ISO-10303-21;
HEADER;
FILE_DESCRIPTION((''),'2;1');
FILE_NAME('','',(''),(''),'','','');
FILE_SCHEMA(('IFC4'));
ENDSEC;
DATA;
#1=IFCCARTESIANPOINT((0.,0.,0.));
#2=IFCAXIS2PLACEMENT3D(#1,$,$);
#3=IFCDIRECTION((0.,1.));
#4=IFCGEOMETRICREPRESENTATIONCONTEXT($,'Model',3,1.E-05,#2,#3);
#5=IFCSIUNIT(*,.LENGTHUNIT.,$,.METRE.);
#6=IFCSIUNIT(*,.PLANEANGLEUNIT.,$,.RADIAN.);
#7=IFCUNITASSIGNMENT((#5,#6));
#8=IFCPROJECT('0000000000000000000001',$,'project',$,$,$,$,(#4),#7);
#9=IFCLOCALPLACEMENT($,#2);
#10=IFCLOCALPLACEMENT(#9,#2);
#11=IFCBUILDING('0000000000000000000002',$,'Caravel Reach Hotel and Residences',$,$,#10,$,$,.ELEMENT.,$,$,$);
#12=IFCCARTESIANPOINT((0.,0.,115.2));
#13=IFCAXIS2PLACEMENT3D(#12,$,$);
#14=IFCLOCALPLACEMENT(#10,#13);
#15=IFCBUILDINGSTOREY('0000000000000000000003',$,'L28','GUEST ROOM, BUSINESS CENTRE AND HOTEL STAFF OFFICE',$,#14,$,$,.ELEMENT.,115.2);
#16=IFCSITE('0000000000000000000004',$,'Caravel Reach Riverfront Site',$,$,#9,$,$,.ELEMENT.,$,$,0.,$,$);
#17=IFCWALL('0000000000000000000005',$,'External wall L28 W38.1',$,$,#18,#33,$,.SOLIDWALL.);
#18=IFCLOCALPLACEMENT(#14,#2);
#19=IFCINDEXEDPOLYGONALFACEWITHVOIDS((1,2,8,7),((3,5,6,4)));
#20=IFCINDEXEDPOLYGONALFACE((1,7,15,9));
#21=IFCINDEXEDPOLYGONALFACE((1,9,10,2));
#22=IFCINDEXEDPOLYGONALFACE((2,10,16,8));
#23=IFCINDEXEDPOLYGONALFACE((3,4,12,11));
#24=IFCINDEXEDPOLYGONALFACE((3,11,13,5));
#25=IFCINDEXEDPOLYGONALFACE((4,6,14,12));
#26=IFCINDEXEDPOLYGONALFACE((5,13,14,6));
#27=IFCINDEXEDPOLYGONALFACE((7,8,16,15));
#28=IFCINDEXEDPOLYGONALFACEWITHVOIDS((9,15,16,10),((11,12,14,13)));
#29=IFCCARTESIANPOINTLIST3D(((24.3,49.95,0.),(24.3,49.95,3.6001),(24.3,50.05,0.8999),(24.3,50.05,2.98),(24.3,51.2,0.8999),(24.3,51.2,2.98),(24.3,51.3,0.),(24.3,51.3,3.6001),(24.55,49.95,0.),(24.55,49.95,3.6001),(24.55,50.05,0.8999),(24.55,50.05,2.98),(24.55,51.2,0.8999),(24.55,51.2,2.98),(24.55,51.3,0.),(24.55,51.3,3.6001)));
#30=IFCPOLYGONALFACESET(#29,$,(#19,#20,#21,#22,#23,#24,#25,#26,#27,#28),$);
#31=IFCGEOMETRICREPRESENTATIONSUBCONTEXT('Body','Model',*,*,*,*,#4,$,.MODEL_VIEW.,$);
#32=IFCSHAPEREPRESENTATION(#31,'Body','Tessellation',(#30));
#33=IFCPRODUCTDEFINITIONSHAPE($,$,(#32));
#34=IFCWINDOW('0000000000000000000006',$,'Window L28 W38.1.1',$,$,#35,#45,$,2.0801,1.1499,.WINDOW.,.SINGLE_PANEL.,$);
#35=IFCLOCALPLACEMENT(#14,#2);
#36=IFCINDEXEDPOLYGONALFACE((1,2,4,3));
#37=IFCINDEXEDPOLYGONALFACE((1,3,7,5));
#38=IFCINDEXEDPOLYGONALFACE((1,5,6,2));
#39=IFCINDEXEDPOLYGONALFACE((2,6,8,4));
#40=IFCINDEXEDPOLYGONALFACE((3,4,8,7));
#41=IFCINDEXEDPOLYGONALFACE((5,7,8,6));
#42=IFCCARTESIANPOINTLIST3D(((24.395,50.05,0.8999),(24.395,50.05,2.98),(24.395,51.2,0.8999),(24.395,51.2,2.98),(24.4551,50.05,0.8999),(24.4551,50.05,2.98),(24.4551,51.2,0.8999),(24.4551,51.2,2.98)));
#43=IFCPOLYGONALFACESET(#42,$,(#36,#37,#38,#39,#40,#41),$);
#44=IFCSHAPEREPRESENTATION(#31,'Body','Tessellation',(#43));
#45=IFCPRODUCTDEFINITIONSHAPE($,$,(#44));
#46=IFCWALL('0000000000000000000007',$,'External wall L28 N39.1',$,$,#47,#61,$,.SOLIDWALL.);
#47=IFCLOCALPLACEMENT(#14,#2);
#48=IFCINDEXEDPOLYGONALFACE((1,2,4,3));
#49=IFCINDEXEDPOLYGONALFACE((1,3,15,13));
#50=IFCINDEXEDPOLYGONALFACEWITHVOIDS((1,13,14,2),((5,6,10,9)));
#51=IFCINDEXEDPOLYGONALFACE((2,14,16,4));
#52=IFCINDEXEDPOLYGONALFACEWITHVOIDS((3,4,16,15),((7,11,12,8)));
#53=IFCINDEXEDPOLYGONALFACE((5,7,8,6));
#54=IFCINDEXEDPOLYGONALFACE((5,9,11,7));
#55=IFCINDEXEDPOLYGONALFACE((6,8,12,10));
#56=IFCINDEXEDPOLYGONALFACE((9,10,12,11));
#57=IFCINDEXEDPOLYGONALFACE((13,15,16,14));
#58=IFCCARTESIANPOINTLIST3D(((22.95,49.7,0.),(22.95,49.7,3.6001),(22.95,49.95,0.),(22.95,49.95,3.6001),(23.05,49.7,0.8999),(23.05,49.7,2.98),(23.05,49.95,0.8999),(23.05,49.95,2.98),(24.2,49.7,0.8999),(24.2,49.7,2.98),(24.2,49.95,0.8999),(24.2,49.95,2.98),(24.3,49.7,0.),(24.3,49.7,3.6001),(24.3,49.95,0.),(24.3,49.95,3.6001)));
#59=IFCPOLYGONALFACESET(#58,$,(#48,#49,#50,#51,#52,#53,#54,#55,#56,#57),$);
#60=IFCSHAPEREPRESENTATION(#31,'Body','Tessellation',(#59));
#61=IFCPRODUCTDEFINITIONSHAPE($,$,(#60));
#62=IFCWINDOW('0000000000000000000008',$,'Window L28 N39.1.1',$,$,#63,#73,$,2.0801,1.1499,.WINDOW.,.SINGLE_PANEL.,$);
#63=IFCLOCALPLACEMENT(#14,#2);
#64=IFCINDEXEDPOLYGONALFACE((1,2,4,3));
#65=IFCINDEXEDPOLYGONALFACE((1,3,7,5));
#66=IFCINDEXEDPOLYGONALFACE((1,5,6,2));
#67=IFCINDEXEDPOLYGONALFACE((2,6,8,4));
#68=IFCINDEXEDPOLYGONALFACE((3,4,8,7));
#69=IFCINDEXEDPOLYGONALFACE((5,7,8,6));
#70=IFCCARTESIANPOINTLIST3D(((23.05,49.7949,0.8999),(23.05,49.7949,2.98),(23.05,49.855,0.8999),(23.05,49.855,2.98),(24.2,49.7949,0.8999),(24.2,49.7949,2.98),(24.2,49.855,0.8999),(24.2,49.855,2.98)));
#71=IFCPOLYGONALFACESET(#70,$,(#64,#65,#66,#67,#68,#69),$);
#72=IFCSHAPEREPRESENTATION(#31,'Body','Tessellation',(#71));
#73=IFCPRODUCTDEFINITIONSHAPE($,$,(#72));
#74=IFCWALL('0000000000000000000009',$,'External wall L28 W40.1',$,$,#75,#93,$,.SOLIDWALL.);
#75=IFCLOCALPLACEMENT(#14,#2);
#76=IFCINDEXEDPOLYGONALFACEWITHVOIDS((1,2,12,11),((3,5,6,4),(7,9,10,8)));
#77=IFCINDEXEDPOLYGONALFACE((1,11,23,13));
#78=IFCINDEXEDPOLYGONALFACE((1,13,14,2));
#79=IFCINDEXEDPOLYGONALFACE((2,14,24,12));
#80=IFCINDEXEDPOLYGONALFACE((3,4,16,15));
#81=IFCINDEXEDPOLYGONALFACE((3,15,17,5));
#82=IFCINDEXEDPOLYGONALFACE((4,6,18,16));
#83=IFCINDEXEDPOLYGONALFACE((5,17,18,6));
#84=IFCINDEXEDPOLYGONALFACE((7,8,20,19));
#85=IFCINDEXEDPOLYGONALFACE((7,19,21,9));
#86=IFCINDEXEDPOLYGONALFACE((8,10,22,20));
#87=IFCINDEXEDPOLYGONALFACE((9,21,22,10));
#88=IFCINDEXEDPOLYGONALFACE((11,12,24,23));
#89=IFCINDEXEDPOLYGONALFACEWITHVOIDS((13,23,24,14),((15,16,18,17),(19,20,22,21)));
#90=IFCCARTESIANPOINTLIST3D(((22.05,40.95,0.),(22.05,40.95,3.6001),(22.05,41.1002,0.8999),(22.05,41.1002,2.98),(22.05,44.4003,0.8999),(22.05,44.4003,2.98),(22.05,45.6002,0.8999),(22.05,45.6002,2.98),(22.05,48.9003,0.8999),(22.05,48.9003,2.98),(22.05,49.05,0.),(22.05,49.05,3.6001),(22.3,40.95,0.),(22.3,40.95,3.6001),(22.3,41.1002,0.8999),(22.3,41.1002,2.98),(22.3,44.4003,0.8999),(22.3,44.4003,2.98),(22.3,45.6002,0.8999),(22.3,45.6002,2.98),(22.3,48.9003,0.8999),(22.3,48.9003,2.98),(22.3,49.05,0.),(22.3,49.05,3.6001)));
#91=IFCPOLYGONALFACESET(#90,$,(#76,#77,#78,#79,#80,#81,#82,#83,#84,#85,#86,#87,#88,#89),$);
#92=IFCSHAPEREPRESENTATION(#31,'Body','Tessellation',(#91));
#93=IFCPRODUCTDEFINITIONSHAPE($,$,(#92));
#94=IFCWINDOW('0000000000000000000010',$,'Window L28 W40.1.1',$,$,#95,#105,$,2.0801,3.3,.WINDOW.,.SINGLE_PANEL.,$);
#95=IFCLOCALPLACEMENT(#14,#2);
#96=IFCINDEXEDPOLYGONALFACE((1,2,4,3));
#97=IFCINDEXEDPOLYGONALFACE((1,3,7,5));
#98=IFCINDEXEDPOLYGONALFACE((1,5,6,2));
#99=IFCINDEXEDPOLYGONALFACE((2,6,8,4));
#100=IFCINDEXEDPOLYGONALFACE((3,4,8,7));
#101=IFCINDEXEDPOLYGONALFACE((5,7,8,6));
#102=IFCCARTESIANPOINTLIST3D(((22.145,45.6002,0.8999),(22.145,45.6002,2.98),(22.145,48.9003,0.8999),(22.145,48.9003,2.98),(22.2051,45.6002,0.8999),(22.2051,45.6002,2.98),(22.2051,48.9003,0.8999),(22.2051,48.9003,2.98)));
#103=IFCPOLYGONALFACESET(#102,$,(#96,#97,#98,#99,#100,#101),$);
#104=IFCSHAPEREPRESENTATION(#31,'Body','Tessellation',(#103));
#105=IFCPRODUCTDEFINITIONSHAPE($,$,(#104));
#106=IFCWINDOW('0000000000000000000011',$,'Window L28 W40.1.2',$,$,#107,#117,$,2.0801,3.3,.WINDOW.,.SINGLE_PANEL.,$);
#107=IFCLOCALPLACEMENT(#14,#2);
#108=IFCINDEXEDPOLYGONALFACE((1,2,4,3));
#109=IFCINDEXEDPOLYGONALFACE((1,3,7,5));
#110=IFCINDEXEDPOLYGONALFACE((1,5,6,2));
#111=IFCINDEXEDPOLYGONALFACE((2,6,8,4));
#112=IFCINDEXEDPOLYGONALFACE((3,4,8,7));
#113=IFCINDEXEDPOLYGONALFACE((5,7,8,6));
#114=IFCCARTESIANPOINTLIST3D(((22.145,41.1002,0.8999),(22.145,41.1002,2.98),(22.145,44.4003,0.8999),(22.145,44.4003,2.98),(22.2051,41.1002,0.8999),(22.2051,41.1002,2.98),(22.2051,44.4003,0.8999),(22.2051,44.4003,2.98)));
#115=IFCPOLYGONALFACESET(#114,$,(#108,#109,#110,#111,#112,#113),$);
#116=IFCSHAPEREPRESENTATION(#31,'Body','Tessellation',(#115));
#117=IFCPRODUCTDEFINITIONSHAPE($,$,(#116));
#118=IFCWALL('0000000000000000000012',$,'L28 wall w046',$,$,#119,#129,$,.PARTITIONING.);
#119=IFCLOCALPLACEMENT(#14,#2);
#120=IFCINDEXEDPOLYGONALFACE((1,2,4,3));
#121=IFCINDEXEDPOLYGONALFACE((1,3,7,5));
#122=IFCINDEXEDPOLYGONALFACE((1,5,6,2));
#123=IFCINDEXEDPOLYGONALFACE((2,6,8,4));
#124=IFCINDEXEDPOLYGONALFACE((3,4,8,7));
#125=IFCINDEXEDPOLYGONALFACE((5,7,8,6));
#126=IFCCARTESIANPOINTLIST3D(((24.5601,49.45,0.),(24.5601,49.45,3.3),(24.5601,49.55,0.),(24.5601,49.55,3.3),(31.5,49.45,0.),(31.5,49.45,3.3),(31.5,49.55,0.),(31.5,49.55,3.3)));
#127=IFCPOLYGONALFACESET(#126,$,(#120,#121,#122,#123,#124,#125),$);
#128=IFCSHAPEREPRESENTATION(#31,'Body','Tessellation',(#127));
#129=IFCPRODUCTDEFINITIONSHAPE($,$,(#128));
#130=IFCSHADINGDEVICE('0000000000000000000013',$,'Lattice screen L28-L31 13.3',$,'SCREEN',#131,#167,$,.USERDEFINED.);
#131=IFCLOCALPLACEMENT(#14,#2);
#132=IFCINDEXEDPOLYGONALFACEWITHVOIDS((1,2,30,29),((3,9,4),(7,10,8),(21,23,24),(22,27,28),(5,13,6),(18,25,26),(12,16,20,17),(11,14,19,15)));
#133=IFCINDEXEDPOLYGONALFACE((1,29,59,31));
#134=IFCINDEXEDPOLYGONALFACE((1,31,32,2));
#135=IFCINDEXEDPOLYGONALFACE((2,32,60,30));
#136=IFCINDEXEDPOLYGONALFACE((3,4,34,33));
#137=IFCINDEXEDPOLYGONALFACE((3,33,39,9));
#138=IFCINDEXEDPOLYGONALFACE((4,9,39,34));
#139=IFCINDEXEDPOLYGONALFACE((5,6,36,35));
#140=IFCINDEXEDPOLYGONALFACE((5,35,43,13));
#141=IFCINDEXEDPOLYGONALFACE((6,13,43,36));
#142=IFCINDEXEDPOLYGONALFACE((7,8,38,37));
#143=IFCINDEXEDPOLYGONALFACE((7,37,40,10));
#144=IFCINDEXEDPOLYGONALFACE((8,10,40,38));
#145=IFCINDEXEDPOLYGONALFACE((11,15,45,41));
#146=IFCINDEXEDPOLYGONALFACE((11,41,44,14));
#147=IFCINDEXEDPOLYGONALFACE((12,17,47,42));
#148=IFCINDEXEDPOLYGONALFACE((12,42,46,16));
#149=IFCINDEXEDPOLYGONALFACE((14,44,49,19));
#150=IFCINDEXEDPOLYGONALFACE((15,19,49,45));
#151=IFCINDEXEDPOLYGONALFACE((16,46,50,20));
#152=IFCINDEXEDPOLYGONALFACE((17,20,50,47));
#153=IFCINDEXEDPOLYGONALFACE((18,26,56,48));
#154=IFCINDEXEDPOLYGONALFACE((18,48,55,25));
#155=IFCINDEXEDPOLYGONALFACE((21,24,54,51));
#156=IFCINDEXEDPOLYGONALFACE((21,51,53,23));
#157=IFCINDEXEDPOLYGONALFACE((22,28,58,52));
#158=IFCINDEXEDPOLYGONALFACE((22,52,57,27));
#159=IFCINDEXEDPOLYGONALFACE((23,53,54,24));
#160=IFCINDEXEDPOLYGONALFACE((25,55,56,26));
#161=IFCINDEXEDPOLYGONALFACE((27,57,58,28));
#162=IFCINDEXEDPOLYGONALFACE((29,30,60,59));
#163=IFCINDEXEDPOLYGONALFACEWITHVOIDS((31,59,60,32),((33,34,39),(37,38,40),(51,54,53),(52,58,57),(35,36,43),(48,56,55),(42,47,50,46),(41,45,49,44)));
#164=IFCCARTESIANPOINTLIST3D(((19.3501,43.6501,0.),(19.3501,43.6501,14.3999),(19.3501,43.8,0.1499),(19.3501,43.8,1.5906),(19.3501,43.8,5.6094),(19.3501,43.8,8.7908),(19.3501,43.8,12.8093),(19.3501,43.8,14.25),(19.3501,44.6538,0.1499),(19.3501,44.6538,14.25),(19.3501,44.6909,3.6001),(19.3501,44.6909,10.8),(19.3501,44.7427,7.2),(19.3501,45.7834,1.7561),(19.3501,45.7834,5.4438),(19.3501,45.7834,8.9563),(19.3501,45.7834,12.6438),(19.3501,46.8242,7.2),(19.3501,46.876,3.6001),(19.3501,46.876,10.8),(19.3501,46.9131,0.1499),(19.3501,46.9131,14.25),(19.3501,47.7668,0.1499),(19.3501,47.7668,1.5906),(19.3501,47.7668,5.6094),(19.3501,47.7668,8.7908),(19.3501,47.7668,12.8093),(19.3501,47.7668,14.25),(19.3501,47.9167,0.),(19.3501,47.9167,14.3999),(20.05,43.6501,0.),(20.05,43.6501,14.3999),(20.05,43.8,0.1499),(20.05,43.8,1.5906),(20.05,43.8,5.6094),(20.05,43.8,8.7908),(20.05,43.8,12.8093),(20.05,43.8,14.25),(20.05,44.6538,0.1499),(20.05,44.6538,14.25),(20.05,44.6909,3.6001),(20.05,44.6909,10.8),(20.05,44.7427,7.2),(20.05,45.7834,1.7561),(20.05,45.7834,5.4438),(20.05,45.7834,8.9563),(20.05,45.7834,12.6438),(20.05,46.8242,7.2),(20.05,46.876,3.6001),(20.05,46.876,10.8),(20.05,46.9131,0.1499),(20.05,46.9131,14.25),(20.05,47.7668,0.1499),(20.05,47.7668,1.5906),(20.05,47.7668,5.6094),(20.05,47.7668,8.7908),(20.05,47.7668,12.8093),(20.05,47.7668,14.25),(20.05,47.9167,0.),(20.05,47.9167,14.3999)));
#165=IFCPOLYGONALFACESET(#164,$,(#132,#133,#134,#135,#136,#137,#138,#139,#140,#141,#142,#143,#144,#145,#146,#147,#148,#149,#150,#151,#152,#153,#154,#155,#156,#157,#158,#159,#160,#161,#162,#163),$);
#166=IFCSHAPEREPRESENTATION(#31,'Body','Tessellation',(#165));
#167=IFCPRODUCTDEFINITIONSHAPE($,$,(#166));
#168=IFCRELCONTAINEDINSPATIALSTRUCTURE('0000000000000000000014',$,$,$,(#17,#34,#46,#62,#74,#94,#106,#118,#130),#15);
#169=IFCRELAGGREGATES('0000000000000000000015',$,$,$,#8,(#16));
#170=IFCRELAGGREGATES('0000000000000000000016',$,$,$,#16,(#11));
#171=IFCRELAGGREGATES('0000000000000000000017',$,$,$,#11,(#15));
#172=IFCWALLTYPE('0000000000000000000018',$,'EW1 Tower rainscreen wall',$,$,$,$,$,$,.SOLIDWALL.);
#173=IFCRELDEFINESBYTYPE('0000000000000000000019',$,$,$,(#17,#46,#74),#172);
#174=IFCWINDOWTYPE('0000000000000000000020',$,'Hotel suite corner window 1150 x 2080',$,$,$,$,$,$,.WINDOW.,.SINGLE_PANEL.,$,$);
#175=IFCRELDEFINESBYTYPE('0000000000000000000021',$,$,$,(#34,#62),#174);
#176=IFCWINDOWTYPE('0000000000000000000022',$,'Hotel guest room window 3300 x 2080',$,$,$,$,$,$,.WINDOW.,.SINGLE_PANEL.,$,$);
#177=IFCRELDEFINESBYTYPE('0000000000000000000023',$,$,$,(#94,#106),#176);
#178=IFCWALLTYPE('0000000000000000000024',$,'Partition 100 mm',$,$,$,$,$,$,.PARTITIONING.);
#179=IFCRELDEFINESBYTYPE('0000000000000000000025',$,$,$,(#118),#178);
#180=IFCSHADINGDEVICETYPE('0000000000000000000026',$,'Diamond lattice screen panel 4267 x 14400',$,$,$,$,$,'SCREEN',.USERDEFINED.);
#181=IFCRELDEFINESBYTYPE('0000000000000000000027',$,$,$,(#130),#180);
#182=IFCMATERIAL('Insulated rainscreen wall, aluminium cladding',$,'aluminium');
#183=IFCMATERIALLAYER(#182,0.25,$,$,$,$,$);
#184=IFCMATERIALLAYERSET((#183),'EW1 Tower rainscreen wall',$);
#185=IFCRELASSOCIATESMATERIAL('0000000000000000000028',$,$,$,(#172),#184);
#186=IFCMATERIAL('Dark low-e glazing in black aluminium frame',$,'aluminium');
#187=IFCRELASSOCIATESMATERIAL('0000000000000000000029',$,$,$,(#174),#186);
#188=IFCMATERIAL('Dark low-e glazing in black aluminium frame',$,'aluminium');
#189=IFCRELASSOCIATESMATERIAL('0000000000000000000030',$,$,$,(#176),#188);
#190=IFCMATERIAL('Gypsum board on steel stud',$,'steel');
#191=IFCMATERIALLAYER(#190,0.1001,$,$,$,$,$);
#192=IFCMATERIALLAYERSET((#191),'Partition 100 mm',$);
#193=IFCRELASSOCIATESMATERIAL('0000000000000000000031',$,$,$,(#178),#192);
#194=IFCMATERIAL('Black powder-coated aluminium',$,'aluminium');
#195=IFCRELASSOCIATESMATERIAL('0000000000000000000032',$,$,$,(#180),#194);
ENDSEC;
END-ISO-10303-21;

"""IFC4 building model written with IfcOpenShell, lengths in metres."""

from ifc_helpers import new_model, si_unit, direction, frame, frame_2d, origin, place, context, subcontext, project, spatial, polyline, rectangle, outline, extrude, material, layer, layer_set, type_object, element, fill, save


model = new_model("IFC4")

# Units and contexts
model_context = context("Model", 3, precision=1e-05, world=origin(), true_north=direction((0.0, 1.0)))
body_context = subcontext(model_context, "Body", "Model", "MODEL_VIEW")
ifc_project = project(units=[si_unit("LENGTHUNIT", "METRE"), si_unit("PLANEANGLEUNIT", "RADIAN")], contexts=[model_context])

# Site, building, storey
site_placement = place(None, origin())
site = spatial("IfcSite", under=ifc_project, at=site_placement, Name="Caravel Reach Riverfront Site", CompositionType="ELEMENT", RefElevation=0.0)
building_placement = place(site_placement, origin())
building = spatial("IfcBuilding", under=site, at=building_placement, Name="Caravel Reach Hotel and Residences", CompositionType="ELEMENT")
storey_placement = place(building_placement, frame((0.0, 0.0, 115.2)))
storey = spatial("IfcBuildingStorey", under=building, at=storey_placement, Name="L28", Description="GUEST ROOM, BUSINESS CENTRE AND HOTEL STAFF OFFICE", CompositionType="ELEMENT", Elevation=115.2)

# Walls, openings, windows
ifc_material_1 = material(Name="Insulated rainscreen wall, aluminium cladding", Category="aluminium")
ifc_layer_1 = layer(ifc_material_1, 0.25)
ifc_layer_set_1 = layer_set([ifc_layer_1], Name="EW1 Tower rainscreen wall")
wall_type_1 = type_object("IfcWallType", Name="EW1 Tower rainscreen wall", PredefinedType="SOLIDWALL", material=ifc_layer_set_1)
wall_1_placement = place(storey_placement, frame((24.425, 51.3, 0.0), z_axis=(0.0, 0.0, 1.0), x_axis=(0.0, -1.0, 0.0)))
wall_1 = element("IfcWall", 1, at=wall_1_placement, inside=storey, type_object=wall_type_1, Name="External wall L28 W38.1", PredefinedType="SOLIDWALL", context=body_context, shape_type="SweptSolid", body=[
    extrude(rectangle(XDim=1.3501, YDim=0.25, at=frame_2d((0.675, 0.0))), origin(), (0.0, 0.0, 1.0), 3.6001),
])
opening_1_placement = place(wall_1_placement, frame((0.1001, 0.0, 0.8999)))
opening_1 = element("IfcOpeningElement", 2, at=opening_1_placement, cuts=wall_1, PredefinedType="OPENING", context=body_context, shape_type="SweptSolid", body=[
    extrude(rectangle(XDim=1.1499, YDim=2.0801, at=frame_2d((0.575, 1.04))), frame((0.0, 0.135, 0.0), z_axis=(0.0, -1.0, 0.0), x_axis=(1.0, 0.0, 0.0)), (0.0, 0.0, 1.0), 0.27),
])
ifc_material_2 = material(Name="Dark low-e glazing in black aluminium frame", Category="aluminium")
window_type_1 = type_object("IfcWindowType", Name="Hotel suite corner window 1150 x 2080", PartitioningType="SINGLE_PANEL", PredefinedType="WINDOW", material=ifc_material_2)
window_1_placement = place(opening_1_placement, origin())
window_1 = element("IfcWindow", 3, at=window_1_placement, inside=storey, type_object=window_type_1, Name="Window L28 W38.1.1", OverallHeight=2.0801, OverallWidth=1.1499, PartitioningType="SINGLE_PANEL", PredefinedType="WINDOW", context=body_context, shape_type="SweptSolid", body=[
    extrude(rectangle(XDim=1.1499, YDim=2.0801, at=frame_2d((0.575, 1.04))), frame((0.0, 0.03, 0.0), z_axis=(0.0, -1.0, 0.0), x_axis=(1.0, 0.0, 0.0)), (0.0, 0.0, 1.0), 0.0601),
])
fill(opening_1, window_1)
wall_2_placement = place(storey_placement, frame((24.3, 49.825, 0.0), z_axis=(0.0, 0.0, 1.0), x_axis=(-1.0, 0.0, 0.0)))
wall_2 = element("IfcWall", 4, at=wall_2_placement, inside=storey, type_object=wall_type_1, Name="External wall L28 N39.1", PredefinedType="SOLIDWALL", context=body_context, shape_type="SweptSolid", body=[
    extrude(rectangle(XDim=1.3501, YDim=0.25, at=frame_2d((0.675, 0.0))), origin(), (0.0, 0.0, 1.0), 3.6001),
])
opening_2_placement = place(wall_2_placement, frame((0.1001, 0.0, 0.8999)))
opening_2 = element("IfcOpeningElement", 5, at=opening_2_placement, cuts=wall_2, PredefinedType="OPENING", context=body_context, shape_type="SweptSolid", body=[
    extrude(rectangle(XDim=1.1499, YDim=2.0801, at=frame_2d((0.575, 1.04))), frame((0.0, 0.135, 0.0), z_axis=(0.0, -1.0, 0.0), x_axis=(1.0, 0.0, 0.0)), (0.0, 0.0, 1.0), 0.27),
])
window_2_placement = place(opening_2_placement, origin())
window_2 = element("IfcWindow", 6, at=window_2_placement, inside=storey, type_object=window_type_1, Name="Window L28 N39.1.1", OverallHeight=2.0801, OverallWidth=1.1499, PartitioningType="SINGLE_PANEL", PredefinedType="WINDOW", context=body_context, shape_type="SweptSolid", body=[
    extrude(rectangle(XDim=1.1499, YDim=2.0801, at=frame_2d((0.575, 1.04))), frame((0.0, 0.03, 0.0), z_axis=(0.0, -1.0, 0.0), x_axis=(1.0, 0.0, 0.0)), (0.0, 0.0, 1.0), 0.0601),
])
fill(opening_2, window_2)

# Wall, openings, windows
wall_3_placement = place(storey_placement, frame((22.175, 49.05, 0.0), z_axis=(0.0, 0.0, 1.0), x_axis=(0.0, -1.0, 0.0)))
wall_3 = element("IfcWall", 7, at=wall_3_placement, inside=storey, type_object=wall_type_1, Name="External wall L28 W40.1", PredefinedType="SOLIDWALL", context=body_context, shape_type="SweptSolid", body=[
    extrude(rectangle(XDim=8.1001, YDim=0.25, at=frame_2d((4.05, 0.0))), origin(), (0.0, 0.0, 1.0), 3.6001),
])
opening_3_placement = place(wall_3_placement, frame((0.1499, 0.0, 0.8999)))
opening_3 = element("IfcOpeningElement", 8, at=opening_3_placement, cuts=wall_3, PredefinedType="OPENING", context=body_context, shape_type="SweptSolid", body=[
    extrude(rectangle(XDim=3.3, YDim=2.0801, at=frame_2d((1.6499, 1.04))), frame((0.0, 0.135, 0.0), z_axis=(0.0, -1.0, 0.0), x_axis=(1.0, 0.0, 0.0)), (0.0, 0.0, 1.0), 0.27),
])
opening_4_placement = place(wall_3_placement, frame((4.6499, 0.0, 0.8999)))
opening_4 = element("IfcOpeningElement", 9, at=opening_4_placement, cuts=wall_3, PredefinedType="OPENING", context=body_context, shape_type="SweptSolid", body=[
    extrude(rectangle(XDim=3.3, YDim=2.0801, at=frame_2d((1.6499, 1.04))), frame((0.0, 0.135, 0.0), z_axis=(0.0, -1.0, 0.0), x_axis=(1.0, 0.0, 0.0)), (0.0, 0.0, 1.0), 0.27),
])
ifc_material_3 = material(Name="Dark low-e glazing in black aluminium frame", Category="aluminium")
window_type_2 = type_object("IfcWindowType", Name="Hotel guest room window 3300 x 2080", PartitioningType="SINGLE_PANEL", PredefinedType="WINDOW", material=ifc_material_3)
window_3_placement = place(opening_3_placement, origin())
window_3 = element("IfcWindow", 10, at=window_3_placement, inside=storey, type_object=window_type_2, Name="Window L28 W40.1.1", OverallHeight=2.0801, OverallWidth=3.3, PartitioningType="SINGLE_PANEL", PredefinedType="WINDOW", context=body_context, shape_type="SweptSolid", body=[
    extrude(rectangle(XDim=3.3, YDim=2.0801, at=frame_2d((1.6499, 1.04))), frame((0.0, 0.03, 0.0), z_axis=(0.0, -1.0, 0.0), x_axis=(1.0, 0.0, 0.0)), (0.0, 0.0, 1.0), 0.0601),
])
fill(opening_3, window_3)
window_4_placement = place(opening_4_placement, origin())
window_4 = element("IfcWindow", 11, at=window_4_placement, inside=storey, type_object=window_type_2, Name="Window L28 W40.1.2", OverallHeight=2.0801, OverallWidth=3.3, PartitioningType="SINGLE_PANEL", PredefinedType="WINDOW", context=body_context, shape_type="SweptSolid", body=[
    extrude(rectangle(XDim=3.3, YDim=2.0801, at=frame_2d((1.6499, 1.04))), frame((0.0, 0.03, 0.0), z_axis=(0.0, -1.0, 0.0), x_axis=(1.0, 0.0, 0.0)), (0.0, 0.0, 1.0), 0.0601),
])
fill(opening_4, window_4)

# Wall
ifc_material_4 = material(Name="Gypsum board on steel stud", Category="steel")
ifc_layer_2 = layer(ifc_material_4, 0.1001)
ifc_layer_set_2 = layer_set([ifc_layer_2], Name="Partition 100 mm")
wall_type_2 = type_object("IfcWallType", Name="Partition 100 mm", PredefinedType="PARTITIONING", material=ifc_layer_set_2)
wall_4_placement = place(storey_placement, frame((24.5601, 49.5, 0.0), z_axis=(0.0, 0.0, 1.0), x_axis=(1.0, 0.0, 0.0)))
element("IfcWall", 12, at=wall_4_placement, inside=storey, type_object=wall_type_2, Name="L28 wall w046", PredefinedType="PARTITIONING", context=body_context, shape_type="SweptSolid", body=[
    extrude(rectangle(XDim=6.9399, YDim=0.1001, at=frame_2d((3.47, 0.0))), origin(), (0.0, 0.0, 1.0), 3.3),
])

# Shading device
ifc_material_5 = material(Name="Black powder-coated aluminium", Category="aluminium")
shading_device_type = type_object("IfcShadingDeviceType", Name="Diamond lattice screen panel 4267 x 14400", ElementType="SCREEN", PredefinedType="USERDEFINED", material=ifc_material_5)
shading_device_placement = place(storey_placement, frame((20.05, 47.9167, 0.0), z_axis=(-1.0, 0.0, 0.0), x_axis=(0.0, -1.0, 0.0)))
element("IfcShadingDevice", 13, at=shading_device_placement, inside=storey, type_object=shading_device_type, Name="Lattice screen L28-L31 13.3", ObjectType="SCREEN", PredefinedType="USERDEFINED", context=body_context, shape_type="SweptSolid", body=[
    extrude(outline(polyline([(0.0, 0.0), (4.2666, 0.0), (4.2666, 14.3999), (0.0, 14.3999), (0.0, 0.0)]), holes=[polyline([(1.0037, 0.1499), (0.1499, 1.5906), (0.1499, 0.1499), (1.0037, 0.1499)]), polyline([(1.0925, 7.2), (0.1499, 8.7908), (0.1499, 5.6094), (1.0925, 7.2)]), polyline([(0.1499, 12.8093), (1.0037, 14.25), (0.1499, 14.25), (0.1499, 12.8093)]), polyline([(2.1333, 5.4438), (1.0408, 3.6001), (2.1333, 1.7561), (3.2258, 3.6001), (2.1333, 5.4438)]), polyline([(2.1333, 12.6438), (1.0408, 10.8), (2.1333, 8.9563), (3.2258, 10.8), (2.1333, 12.6438)]), polyline([(4.1167, 1.5906), (3.2629, 0.1499), (4.1167, 0.1499), (4.1167, 1.5906)]), polyline([(3.1741, 7.2), (4.1167, 5.6094), (4.1167, 8.7908), (3.1741, 7.2)]), polyline([(3.2629, 14.25), (4.1167, 12.8093), (4.1167, 14.25), (3.2629, 14.25)])]), origin(), (0.0, 0.0, 1.0), 0.7),
])

save(model, "model.ifc")
